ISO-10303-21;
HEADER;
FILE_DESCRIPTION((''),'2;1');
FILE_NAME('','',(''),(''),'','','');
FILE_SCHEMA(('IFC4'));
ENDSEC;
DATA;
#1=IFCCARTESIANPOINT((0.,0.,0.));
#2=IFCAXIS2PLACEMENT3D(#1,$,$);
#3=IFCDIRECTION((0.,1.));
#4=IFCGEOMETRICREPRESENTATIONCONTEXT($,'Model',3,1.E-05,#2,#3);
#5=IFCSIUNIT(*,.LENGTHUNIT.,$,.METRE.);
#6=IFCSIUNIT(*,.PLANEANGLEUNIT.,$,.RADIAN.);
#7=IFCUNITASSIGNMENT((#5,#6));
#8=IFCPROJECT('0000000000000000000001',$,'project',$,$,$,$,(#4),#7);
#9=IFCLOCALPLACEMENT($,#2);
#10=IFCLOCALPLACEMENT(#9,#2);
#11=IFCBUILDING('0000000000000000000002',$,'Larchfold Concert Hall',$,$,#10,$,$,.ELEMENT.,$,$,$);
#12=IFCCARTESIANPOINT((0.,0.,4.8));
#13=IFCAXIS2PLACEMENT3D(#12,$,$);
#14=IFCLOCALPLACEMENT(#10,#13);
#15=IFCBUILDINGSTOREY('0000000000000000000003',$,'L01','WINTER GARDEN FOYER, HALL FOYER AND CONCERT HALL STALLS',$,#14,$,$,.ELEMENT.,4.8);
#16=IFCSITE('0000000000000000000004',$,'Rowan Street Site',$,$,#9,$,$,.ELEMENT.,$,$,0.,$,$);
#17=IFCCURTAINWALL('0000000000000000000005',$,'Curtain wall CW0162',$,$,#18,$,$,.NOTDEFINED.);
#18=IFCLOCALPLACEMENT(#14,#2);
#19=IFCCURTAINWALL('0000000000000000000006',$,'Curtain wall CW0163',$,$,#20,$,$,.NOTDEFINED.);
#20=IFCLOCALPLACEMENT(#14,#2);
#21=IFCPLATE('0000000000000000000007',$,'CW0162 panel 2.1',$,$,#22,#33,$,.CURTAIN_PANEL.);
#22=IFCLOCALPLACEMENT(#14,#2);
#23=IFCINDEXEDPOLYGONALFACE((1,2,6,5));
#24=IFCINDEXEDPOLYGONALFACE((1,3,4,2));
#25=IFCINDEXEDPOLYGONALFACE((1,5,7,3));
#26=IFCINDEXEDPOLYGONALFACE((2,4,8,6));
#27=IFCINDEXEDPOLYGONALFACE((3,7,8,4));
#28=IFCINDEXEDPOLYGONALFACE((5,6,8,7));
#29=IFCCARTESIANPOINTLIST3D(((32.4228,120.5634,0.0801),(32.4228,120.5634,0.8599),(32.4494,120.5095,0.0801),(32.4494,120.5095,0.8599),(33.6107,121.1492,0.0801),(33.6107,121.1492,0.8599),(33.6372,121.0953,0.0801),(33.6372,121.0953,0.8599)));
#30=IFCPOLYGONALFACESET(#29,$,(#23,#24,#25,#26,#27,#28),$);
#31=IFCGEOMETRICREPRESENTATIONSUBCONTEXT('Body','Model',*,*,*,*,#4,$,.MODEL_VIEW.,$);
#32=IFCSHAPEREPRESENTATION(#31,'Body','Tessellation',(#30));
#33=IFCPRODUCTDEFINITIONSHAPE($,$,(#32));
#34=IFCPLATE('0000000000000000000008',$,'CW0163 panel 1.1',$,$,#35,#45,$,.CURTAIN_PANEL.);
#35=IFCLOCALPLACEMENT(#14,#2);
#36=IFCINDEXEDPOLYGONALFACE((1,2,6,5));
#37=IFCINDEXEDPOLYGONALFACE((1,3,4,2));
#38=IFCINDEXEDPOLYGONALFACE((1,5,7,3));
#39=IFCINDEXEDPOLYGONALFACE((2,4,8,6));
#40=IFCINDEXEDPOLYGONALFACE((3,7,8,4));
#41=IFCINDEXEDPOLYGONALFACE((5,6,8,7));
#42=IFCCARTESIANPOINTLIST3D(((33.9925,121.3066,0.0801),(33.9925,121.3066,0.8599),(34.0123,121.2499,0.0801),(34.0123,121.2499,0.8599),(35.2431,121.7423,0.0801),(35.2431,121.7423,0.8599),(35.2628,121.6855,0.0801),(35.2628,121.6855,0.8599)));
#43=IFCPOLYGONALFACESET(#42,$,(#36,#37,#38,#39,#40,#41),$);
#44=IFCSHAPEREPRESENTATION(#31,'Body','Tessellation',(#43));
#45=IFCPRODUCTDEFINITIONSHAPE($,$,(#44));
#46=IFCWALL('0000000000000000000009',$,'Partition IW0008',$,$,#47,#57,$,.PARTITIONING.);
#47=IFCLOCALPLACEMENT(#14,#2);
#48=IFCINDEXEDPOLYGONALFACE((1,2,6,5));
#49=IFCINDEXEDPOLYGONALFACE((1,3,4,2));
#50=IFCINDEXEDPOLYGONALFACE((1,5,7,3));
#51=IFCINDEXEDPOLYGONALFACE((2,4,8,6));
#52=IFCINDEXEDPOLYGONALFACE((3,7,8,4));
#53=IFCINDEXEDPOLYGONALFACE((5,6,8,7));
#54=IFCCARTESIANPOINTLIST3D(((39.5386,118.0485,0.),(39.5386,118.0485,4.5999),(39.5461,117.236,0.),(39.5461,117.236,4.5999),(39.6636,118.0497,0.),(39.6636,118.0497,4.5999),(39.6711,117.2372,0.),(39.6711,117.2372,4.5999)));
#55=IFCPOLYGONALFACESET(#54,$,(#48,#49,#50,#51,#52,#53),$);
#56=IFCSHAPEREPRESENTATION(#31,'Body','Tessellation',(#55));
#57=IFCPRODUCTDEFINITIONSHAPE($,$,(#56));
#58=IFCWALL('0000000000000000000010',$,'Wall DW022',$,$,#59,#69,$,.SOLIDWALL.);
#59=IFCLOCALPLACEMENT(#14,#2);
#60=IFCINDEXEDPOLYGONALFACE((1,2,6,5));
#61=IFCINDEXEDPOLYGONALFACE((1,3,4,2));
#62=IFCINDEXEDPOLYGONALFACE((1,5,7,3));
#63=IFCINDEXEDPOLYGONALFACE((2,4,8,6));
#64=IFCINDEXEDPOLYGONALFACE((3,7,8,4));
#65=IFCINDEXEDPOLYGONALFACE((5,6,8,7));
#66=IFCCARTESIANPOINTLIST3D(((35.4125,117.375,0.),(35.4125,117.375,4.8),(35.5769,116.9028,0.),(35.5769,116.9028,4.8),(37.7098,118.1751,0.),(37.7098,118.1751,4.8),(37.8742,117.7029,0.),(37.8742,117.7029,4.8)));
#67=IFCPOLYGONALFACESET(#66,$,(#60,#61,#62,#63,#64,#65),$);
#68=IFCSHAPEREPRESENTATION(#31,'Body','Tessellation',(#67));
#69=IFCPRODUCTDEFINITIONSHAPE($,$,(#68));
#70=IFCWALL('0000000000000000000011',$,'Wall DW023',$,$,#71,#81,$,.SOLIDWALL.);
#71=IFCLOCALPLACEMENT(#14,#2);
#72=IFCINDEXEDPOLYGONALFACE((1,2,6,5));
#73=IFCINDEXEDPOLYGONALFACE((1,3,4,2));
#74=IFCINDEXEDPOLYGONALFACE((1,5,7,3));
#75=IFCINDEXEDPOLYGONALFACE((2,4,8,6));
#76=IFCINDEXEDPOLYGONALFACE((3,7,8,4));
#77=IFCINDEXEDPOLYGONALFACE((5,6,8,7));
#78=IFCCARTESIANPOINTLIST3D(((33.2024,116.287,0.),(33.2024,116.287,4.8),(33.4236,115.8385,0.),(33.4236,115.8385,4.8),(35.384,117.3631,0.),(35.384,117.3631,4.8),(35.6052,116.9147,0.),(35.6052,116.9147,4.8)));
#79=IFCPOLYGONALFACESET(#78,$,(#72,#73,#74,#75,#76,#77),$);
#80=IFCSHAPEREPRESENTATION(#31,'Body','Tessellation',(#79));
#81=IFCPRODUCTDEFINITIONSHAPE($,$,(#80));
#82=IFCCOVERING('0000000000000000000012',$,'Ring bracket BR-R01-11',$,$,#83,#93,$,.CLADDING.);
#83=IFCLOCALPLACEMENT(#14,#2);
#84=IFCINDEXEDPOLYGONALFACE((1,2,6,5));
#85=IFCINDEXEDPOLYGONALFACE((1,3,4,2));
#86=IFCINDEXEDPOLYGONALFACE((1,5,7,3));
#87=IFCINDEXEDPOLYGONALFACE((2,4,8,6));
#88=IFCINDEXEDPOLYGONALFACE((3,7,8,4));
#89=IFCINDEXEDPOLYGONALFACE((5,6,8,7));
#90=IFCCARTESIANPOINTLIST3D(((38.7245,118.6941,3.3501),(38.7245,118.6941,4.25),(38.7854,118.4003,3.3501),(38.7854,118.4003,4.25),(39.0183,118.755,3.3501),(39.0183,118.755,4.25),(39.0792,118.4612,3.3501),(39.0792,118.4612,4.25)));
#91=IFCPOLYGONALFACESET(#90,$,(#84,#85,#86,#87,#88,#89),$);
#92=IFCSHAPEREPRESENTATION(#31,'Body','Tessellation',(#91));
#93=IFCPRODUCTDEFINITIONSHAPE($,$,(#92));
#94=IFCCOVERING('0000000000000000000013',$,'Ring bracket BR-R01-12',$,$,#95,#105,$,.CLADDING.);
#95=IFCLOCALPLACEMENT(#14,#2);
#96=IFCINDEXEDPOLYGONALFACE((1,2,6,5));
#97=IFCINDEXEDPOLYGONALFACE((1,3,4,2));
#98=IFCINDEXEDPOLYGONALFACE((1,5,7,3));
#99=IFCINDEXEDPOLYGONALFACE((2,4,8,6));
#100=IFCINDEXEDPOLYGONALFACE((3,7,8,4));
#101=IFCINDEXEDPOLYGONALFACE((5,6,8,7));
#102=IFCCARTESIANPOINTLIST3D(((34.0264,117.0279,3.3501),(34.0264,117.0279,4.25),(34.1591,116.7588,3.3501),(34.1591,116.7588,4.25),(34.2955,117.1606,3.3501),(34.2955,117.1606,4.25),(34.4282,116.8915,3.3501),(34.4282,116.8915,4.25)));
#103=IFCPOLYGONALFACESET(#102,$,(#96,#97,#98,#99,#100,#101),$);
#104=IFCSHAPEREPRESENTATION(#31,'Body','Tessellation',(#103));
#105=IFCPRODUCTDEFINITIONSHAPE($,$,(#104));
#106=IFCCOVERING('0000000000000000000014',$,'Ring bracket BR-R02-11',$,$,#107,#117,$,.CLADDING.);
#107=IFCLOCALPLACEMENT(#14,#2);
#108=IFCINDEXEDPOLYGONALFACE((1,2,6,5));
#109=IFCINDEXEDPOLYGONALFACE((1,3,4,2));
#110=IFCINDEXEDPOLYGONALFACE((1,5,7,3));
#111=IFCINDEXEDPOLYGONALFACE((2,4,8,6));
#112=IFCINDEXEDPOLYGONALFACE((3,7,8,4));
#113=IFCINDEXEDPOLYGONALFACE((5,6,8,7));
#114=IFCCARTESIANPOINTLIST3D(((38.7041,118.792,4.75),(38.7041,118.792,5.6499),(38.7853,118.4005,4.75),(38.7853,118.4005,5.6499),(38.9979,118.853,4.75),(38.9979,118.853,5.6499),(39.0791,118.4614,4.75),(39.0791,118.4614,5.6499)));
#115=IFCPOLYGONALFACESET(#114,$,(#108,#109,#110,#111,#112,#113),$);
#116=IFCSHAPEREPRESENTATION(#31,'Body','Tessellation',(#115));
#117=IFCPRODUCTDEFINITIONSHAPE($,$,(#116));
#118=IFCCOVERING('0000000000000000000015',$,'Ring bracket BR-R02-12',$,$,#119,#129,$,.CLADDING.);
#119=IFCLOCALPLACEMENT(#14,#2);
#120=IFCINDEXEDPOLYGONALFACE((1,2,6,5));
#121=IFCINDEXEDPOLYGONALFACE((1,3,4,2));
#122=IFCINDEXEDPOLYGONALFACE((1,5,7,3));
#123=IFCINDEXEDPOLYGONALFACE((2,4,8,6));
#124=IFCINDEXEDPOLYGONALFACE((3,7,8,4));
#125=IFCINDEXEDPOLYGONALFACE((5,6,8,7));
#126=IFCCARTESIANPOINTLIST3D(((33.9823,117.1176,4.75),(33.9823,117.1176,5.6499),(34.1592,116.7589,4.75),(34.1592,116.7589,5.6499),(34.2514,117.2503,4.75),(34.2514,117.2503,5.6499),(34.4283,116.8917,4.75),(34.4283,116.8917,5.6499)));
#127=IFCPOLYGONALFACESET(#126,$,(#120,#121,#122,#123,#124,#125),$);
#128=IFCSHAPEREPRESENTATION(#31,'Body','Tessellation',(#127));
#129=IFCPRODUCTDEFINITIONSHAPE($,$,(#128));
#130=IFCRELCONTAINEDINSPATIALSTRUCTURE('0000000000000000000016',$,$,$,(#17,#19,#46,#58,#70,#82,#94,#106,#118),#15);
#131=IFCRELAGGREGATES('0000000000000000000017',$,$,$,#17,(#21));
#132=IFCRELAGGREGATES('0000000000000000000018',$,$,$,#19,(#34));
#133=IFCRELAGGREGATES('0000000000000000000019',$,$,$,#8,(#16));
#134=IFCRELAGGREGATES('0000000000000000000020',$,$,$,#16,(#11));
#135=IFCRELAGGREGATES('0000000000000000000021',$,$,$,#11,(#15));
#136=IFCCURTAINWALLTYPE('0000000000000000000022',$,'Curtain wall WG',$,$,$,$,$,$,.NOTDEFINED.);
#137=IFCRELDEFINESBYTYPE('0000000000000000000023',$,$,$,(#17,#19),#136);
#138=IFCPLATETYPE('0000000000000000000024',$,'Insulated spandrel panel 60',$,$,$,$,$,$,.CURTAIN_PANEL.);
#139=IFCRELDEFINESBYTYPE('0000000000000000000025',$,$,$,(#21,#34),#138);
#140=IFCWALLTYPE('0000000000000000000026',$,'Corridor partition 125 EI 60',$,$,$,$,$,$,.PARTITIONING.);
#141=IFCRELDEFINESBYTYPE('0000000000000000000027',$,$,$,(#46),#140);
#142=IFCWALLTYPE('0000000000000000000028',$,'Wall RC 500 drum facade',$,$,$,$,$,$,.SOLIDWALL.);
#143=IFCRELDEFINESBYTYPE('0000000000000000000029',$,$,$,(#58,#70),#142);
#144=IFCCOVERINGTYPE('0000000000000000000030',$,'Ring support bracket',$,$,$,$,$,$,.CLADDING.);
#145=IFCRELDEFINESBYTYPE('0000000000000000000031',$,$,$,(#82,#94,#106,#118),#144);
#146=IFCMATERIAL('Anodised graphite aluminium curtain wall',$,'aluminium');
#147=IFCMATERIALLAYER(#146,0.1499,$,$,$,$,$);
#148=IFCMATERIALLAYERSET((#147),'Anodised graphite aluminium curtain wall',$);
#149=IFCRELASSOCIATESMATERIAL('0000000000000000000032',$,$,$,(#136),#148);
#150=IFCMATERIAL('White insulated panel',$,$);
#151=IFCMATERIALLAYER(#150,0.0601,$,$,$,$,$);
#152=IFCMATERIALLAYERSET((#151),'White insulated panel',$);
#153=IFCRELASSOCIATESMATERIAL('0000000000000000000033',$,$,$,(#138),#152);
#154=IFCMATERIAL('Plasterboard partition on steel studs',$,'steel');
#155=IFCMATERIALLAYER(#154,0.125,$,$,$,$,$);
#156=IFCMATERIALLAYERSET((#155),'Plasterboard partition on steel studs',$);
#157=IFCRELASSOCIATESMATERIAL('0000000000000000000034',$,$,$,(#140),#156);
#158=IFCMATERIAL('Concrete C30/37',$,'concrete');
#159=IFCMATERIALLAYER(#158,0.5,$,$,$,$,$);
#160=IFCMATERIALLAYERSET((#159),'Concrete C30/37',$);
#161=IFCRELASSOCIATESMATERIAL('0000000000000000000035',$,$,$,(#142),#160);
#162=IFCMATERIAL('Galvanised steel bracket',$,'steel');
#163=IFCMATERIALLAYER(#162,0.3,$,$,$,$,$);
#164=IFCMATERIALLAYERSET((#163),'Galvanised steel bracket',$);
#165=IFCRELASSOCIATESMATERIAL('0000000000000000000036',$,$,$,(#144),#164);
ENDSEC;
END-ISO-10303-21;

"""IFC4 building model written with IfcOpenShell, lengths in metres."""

from ifc_helpers import new_model, si_unit, direction, frame, frame_2d, origin, origin_2d, place, context, subcontext, project, spatial, rectangle, extrude, material, layer, layer_set, type_object, element, aggregate, save


model = new_model("IFC4")

# Units and contexts
model_context = context("Model", 3, precision=1e-05, world=origin(), true_north=direction((0.0, 1.0)))
body_context = subcontext(model_context, "Body", "Model", "MODEL_VIEW")
ifc_project = project(units=[si_unit("LENGTHUNIT", "METRE"), si_unit("PLANEANGLEUNIT", "RADIAN")], contexts=[model_context])

# Site, building, storey
site_placement = place(None, origin())
site = spatial("IfcSite", under=ifc_project, at=site_placement, Name="Rowan Street Site", CompositionType="ELEMENT", RefElevation=0.0)
building_placement = place(site_placement, origin())
building = spatial("IfcBuilding", under=site, at=building_placement, Name="Larchfold Concert Hall", CompositionType="ELEMENT")
storey_placement = place(building_placement, frame((0.0, 0.0, 4.8)))
storey = spatial("IfcBuildingStorey", under=building, at=storey_placement, Name="L01", Description="WINTER GARDEN FOYER, HALL FOYER AND CONCERT HALL STALLS", CompositionType="ELEMENT", Elevation=4.8)

# Curtain walls
ifc_material_1 = material(Name="Anodised graphite aluminium curtain wall", Category="aluminium")
ifc_layer_1 = layer(ifc_material_1, 0.1499)
ifc_layer_set_1 = layer_set([ifc_layer_1], Name="Anodised graphite aluminium curtain wall")
curtain_wall_type = type_object("IfcCurtainWallType", Name="Curtain wall WG", PredefinedType="NOTDEFINED", material=ifc_layer_set_1)
curtain_wall_1_placement = place(storey_placement, origin())
curtain_wall_1 = element("IfcCurtainWall", 1, at=curtain_wall_1_placement, inside=storey, type_object=curtain_wall_type, Name="Curtain wall CW0162", PredefinedType="NOTDEFINED")
curtain_wall_2_placement = place(storey_placement, origin())
curtain_wall_2 = element("IfcCurtainWall", 2, at=curtain_wall_2_placement, inside=storey, type_object=curtain_wall_type, Name="Curtain wall CW0163", PredefinedType="NOTDEFINED")

# Plates
ifc_material_2 = material(Name="White insulated panel")
ifc_layer_2 = layer(ifc_material_2, 0.0601)
ifc_layer_set_2 = layer_set([ifc_layer_2], Name="White insulated panel")
plate_type_1 = type_object("IfcPlateType", Name="Insulated spandrel panel 60", PredefinedType="CURTAIN_PANEL", material=ifc_layer_set_2)
plate_1_placement = place(storey_placement, frame((33.03, 120.8293, 0.0801), z_axis=(0.0, 0.0, 1.0), x_axis=(0.896865, 0.442305, 0.0)))
plate_1 = element("IfcPlate", 3, at=plate_1_placement, type_object=plate_type_1, Name="CW0162 panel 2.1", PredefinedType="CURTAIN_PANEL", context=body_context, shape_type="SweptSolid", body=[
    extrude(rectangle(XDim=1.3245, YDim=0.0601, at=origin_2d()), origin(), (0.0, 0.0, 1.0), 0.7798),
])
aggregate(curtain_wall_1, [plate_1])
plate_2_placement = place(storey_placement, frame((34.6277, 121.4961, 0.0801), z_axis=(0.0, 0.0, 1.0), x_axis=(0.944342, 0.328966, 0.0)))
plate_2 = element("IfcPlate", 4, at=plate_2_placement, type_object=plate_type_1, Name="CW0163 panel 1.1", PredefinedType="CURTAIN_PANEL", context=body_context, shape_type="SweptSolid", body=[
    extrude(rectangle(XDim=1.3242, YDim=0.0601, at=origin_2d()), origin(), (0.0, 0.0, 1.0), 0.7798),
])
aggregate(curtain_wall_2, [plate_2])

# Walls
ifc_material_3 = material(Name="Plasterboard partition on steel studs", Category="steel")
ifc_layer_3 = layer(ifc_material_3, 0.125)
ifc_layer_set_3 = layer_set([ifc_layer_3], Name="Plasterboard partition on steel studs")
wall_type_1 = type_object("IfcWallType", Name="Corridor partition 125 EI 60", PredefinedType="PARTITIONING", material=ifc_layer_set_3)
wall_placement = place(storey_placement, frame((39.6011, 118.0491, 0.0), z_axis=(0.0, 0.0, 1.0), x_axis=(0.009314, -0.999957, 0.0)))
element("IfcWall", 5, at=wall_placement, inside=storey, type_object=wall_type_1, Name="Partition IW0008", PredefinedType="PARTITIONING", context=body_context, shape_type="SweptSolid", body=[
    extrude(rectangle(XDim=0.8125, YDim=0.125, at=frame_2d((0.4062, 0.0))), origin(), (0.0, 0.0, 1.0), 4.5999),
])
ifc_material_4 = material(Name="Concrete C30/37", Category="concrete")
ifc_layer_4 = layer(ifc_material_4, 0.5)
ifc_layer_set_4 = layer_set([ifc_layer_4], Name="Concrete C30/37")
wall_type_2 = type_object("IfcWallType", Name="Wall RC 500 drum facade", PredefinedType="SOLIDWALL", material=ifc_layer_set_4)
for number, where, z_axis, x_axis, name in (
    (6, (37.792, 117.939, 0.0), (0.0, 0.0, 1.0), (-0.944374, -0.328875, 0.0), "Wall DW022"),
    (7, (35.4946, 117.1389, 0.0), (0.0, 0.0, 1.0), (-0.896823, -0.44239, 0.0), "Wall DW023"),
):
    element("IfcWall", number, at=place(storey_placement, frame(where, z_axis=z_axis, x_axis=x_axis)), inside=storey, type_object=wall_type_2, Name=name, PredefinedType="SOLIDWALL", context=body_context, shape_type="SweptSolid", body=[
        extrude(rectangle(XDim=2.4326, YDim=0.5, at=frame_2d((1.2163, 0.0))), origin(), (0.0, 0.0, 1.0), 4.8),
    ])

# Coverings
ifc_material_5 = material(Name="Galvanised steel bracket", Category="steel")
ifc_layer_5 = layer(ifc_material_5, 0.3)
ifc_layer_set_5 = layer_set([ifc_layer_5], Name="Galvanised steel bracket")
covering_type = type_object("IfcCoveringType", Name="Ring support bracket", PredefinedType="CLADDING", material=ifc_layer_set_5)
for number, where, z_axis, x_axis, name in (
    (8, (38.9019, 118.5776, 3.3501), (0.0, 0.0, 1.0), (-0.20308, 0.979162, 0.0), "Ring bracket BR-R01-11"),
    (9, (34.2273, 116.9597, 3.3501), (0.0, 0.0, 1.0), (-0.442369, 0.896833, 0.0), "Ring bracket BR-R01-12"),
):
    element("IfcCovering", number, at=place(storey_placement, frame(where, z_axis=z_axis, x_axis=x_axis)), inside=storey, type_object=covering_type, Name=name, PredefinedType="CLADDING", context=body_context, shape_type="SweptSolid", body=[
        extrude(rectangle(XDim=0.3, YDim=0.3, at=origin_2d()), origin(), (0.0, 0.0, 1.0), 0.8999),
    ])
for number, where, z_axis, x_axis, name in (
    (10, (38.8916, 118.6267, 4.75), (0.0, 0.0, 1.0), (-0.20308, 0.979162, 0.0), "Ring bracket BR-R02-11"),
    (11, (34.2053, 117.0046, 4.75), (0.0, 0.0, 1.0), (-0.442369, 0.896833, 0.0), "Ring bracket BR-R02-12"),
):
    element("IfcCovering", number, at=place(storey_placement, frame(where, z_axis=z_axis, x_axis=x_axis)), inside=storey, type_object=covering_type, Name=name, PredefinedType="CLADDING", context=body_context, shape_type="SweptSolid", body=[
        extrude(rectangle(XDim=0.3999, YDim=0.3, at=origin_2d()), origin(), (0.0, 0.0, 1.0), 0.8999),
    ])

save(model, "model.ifc")
